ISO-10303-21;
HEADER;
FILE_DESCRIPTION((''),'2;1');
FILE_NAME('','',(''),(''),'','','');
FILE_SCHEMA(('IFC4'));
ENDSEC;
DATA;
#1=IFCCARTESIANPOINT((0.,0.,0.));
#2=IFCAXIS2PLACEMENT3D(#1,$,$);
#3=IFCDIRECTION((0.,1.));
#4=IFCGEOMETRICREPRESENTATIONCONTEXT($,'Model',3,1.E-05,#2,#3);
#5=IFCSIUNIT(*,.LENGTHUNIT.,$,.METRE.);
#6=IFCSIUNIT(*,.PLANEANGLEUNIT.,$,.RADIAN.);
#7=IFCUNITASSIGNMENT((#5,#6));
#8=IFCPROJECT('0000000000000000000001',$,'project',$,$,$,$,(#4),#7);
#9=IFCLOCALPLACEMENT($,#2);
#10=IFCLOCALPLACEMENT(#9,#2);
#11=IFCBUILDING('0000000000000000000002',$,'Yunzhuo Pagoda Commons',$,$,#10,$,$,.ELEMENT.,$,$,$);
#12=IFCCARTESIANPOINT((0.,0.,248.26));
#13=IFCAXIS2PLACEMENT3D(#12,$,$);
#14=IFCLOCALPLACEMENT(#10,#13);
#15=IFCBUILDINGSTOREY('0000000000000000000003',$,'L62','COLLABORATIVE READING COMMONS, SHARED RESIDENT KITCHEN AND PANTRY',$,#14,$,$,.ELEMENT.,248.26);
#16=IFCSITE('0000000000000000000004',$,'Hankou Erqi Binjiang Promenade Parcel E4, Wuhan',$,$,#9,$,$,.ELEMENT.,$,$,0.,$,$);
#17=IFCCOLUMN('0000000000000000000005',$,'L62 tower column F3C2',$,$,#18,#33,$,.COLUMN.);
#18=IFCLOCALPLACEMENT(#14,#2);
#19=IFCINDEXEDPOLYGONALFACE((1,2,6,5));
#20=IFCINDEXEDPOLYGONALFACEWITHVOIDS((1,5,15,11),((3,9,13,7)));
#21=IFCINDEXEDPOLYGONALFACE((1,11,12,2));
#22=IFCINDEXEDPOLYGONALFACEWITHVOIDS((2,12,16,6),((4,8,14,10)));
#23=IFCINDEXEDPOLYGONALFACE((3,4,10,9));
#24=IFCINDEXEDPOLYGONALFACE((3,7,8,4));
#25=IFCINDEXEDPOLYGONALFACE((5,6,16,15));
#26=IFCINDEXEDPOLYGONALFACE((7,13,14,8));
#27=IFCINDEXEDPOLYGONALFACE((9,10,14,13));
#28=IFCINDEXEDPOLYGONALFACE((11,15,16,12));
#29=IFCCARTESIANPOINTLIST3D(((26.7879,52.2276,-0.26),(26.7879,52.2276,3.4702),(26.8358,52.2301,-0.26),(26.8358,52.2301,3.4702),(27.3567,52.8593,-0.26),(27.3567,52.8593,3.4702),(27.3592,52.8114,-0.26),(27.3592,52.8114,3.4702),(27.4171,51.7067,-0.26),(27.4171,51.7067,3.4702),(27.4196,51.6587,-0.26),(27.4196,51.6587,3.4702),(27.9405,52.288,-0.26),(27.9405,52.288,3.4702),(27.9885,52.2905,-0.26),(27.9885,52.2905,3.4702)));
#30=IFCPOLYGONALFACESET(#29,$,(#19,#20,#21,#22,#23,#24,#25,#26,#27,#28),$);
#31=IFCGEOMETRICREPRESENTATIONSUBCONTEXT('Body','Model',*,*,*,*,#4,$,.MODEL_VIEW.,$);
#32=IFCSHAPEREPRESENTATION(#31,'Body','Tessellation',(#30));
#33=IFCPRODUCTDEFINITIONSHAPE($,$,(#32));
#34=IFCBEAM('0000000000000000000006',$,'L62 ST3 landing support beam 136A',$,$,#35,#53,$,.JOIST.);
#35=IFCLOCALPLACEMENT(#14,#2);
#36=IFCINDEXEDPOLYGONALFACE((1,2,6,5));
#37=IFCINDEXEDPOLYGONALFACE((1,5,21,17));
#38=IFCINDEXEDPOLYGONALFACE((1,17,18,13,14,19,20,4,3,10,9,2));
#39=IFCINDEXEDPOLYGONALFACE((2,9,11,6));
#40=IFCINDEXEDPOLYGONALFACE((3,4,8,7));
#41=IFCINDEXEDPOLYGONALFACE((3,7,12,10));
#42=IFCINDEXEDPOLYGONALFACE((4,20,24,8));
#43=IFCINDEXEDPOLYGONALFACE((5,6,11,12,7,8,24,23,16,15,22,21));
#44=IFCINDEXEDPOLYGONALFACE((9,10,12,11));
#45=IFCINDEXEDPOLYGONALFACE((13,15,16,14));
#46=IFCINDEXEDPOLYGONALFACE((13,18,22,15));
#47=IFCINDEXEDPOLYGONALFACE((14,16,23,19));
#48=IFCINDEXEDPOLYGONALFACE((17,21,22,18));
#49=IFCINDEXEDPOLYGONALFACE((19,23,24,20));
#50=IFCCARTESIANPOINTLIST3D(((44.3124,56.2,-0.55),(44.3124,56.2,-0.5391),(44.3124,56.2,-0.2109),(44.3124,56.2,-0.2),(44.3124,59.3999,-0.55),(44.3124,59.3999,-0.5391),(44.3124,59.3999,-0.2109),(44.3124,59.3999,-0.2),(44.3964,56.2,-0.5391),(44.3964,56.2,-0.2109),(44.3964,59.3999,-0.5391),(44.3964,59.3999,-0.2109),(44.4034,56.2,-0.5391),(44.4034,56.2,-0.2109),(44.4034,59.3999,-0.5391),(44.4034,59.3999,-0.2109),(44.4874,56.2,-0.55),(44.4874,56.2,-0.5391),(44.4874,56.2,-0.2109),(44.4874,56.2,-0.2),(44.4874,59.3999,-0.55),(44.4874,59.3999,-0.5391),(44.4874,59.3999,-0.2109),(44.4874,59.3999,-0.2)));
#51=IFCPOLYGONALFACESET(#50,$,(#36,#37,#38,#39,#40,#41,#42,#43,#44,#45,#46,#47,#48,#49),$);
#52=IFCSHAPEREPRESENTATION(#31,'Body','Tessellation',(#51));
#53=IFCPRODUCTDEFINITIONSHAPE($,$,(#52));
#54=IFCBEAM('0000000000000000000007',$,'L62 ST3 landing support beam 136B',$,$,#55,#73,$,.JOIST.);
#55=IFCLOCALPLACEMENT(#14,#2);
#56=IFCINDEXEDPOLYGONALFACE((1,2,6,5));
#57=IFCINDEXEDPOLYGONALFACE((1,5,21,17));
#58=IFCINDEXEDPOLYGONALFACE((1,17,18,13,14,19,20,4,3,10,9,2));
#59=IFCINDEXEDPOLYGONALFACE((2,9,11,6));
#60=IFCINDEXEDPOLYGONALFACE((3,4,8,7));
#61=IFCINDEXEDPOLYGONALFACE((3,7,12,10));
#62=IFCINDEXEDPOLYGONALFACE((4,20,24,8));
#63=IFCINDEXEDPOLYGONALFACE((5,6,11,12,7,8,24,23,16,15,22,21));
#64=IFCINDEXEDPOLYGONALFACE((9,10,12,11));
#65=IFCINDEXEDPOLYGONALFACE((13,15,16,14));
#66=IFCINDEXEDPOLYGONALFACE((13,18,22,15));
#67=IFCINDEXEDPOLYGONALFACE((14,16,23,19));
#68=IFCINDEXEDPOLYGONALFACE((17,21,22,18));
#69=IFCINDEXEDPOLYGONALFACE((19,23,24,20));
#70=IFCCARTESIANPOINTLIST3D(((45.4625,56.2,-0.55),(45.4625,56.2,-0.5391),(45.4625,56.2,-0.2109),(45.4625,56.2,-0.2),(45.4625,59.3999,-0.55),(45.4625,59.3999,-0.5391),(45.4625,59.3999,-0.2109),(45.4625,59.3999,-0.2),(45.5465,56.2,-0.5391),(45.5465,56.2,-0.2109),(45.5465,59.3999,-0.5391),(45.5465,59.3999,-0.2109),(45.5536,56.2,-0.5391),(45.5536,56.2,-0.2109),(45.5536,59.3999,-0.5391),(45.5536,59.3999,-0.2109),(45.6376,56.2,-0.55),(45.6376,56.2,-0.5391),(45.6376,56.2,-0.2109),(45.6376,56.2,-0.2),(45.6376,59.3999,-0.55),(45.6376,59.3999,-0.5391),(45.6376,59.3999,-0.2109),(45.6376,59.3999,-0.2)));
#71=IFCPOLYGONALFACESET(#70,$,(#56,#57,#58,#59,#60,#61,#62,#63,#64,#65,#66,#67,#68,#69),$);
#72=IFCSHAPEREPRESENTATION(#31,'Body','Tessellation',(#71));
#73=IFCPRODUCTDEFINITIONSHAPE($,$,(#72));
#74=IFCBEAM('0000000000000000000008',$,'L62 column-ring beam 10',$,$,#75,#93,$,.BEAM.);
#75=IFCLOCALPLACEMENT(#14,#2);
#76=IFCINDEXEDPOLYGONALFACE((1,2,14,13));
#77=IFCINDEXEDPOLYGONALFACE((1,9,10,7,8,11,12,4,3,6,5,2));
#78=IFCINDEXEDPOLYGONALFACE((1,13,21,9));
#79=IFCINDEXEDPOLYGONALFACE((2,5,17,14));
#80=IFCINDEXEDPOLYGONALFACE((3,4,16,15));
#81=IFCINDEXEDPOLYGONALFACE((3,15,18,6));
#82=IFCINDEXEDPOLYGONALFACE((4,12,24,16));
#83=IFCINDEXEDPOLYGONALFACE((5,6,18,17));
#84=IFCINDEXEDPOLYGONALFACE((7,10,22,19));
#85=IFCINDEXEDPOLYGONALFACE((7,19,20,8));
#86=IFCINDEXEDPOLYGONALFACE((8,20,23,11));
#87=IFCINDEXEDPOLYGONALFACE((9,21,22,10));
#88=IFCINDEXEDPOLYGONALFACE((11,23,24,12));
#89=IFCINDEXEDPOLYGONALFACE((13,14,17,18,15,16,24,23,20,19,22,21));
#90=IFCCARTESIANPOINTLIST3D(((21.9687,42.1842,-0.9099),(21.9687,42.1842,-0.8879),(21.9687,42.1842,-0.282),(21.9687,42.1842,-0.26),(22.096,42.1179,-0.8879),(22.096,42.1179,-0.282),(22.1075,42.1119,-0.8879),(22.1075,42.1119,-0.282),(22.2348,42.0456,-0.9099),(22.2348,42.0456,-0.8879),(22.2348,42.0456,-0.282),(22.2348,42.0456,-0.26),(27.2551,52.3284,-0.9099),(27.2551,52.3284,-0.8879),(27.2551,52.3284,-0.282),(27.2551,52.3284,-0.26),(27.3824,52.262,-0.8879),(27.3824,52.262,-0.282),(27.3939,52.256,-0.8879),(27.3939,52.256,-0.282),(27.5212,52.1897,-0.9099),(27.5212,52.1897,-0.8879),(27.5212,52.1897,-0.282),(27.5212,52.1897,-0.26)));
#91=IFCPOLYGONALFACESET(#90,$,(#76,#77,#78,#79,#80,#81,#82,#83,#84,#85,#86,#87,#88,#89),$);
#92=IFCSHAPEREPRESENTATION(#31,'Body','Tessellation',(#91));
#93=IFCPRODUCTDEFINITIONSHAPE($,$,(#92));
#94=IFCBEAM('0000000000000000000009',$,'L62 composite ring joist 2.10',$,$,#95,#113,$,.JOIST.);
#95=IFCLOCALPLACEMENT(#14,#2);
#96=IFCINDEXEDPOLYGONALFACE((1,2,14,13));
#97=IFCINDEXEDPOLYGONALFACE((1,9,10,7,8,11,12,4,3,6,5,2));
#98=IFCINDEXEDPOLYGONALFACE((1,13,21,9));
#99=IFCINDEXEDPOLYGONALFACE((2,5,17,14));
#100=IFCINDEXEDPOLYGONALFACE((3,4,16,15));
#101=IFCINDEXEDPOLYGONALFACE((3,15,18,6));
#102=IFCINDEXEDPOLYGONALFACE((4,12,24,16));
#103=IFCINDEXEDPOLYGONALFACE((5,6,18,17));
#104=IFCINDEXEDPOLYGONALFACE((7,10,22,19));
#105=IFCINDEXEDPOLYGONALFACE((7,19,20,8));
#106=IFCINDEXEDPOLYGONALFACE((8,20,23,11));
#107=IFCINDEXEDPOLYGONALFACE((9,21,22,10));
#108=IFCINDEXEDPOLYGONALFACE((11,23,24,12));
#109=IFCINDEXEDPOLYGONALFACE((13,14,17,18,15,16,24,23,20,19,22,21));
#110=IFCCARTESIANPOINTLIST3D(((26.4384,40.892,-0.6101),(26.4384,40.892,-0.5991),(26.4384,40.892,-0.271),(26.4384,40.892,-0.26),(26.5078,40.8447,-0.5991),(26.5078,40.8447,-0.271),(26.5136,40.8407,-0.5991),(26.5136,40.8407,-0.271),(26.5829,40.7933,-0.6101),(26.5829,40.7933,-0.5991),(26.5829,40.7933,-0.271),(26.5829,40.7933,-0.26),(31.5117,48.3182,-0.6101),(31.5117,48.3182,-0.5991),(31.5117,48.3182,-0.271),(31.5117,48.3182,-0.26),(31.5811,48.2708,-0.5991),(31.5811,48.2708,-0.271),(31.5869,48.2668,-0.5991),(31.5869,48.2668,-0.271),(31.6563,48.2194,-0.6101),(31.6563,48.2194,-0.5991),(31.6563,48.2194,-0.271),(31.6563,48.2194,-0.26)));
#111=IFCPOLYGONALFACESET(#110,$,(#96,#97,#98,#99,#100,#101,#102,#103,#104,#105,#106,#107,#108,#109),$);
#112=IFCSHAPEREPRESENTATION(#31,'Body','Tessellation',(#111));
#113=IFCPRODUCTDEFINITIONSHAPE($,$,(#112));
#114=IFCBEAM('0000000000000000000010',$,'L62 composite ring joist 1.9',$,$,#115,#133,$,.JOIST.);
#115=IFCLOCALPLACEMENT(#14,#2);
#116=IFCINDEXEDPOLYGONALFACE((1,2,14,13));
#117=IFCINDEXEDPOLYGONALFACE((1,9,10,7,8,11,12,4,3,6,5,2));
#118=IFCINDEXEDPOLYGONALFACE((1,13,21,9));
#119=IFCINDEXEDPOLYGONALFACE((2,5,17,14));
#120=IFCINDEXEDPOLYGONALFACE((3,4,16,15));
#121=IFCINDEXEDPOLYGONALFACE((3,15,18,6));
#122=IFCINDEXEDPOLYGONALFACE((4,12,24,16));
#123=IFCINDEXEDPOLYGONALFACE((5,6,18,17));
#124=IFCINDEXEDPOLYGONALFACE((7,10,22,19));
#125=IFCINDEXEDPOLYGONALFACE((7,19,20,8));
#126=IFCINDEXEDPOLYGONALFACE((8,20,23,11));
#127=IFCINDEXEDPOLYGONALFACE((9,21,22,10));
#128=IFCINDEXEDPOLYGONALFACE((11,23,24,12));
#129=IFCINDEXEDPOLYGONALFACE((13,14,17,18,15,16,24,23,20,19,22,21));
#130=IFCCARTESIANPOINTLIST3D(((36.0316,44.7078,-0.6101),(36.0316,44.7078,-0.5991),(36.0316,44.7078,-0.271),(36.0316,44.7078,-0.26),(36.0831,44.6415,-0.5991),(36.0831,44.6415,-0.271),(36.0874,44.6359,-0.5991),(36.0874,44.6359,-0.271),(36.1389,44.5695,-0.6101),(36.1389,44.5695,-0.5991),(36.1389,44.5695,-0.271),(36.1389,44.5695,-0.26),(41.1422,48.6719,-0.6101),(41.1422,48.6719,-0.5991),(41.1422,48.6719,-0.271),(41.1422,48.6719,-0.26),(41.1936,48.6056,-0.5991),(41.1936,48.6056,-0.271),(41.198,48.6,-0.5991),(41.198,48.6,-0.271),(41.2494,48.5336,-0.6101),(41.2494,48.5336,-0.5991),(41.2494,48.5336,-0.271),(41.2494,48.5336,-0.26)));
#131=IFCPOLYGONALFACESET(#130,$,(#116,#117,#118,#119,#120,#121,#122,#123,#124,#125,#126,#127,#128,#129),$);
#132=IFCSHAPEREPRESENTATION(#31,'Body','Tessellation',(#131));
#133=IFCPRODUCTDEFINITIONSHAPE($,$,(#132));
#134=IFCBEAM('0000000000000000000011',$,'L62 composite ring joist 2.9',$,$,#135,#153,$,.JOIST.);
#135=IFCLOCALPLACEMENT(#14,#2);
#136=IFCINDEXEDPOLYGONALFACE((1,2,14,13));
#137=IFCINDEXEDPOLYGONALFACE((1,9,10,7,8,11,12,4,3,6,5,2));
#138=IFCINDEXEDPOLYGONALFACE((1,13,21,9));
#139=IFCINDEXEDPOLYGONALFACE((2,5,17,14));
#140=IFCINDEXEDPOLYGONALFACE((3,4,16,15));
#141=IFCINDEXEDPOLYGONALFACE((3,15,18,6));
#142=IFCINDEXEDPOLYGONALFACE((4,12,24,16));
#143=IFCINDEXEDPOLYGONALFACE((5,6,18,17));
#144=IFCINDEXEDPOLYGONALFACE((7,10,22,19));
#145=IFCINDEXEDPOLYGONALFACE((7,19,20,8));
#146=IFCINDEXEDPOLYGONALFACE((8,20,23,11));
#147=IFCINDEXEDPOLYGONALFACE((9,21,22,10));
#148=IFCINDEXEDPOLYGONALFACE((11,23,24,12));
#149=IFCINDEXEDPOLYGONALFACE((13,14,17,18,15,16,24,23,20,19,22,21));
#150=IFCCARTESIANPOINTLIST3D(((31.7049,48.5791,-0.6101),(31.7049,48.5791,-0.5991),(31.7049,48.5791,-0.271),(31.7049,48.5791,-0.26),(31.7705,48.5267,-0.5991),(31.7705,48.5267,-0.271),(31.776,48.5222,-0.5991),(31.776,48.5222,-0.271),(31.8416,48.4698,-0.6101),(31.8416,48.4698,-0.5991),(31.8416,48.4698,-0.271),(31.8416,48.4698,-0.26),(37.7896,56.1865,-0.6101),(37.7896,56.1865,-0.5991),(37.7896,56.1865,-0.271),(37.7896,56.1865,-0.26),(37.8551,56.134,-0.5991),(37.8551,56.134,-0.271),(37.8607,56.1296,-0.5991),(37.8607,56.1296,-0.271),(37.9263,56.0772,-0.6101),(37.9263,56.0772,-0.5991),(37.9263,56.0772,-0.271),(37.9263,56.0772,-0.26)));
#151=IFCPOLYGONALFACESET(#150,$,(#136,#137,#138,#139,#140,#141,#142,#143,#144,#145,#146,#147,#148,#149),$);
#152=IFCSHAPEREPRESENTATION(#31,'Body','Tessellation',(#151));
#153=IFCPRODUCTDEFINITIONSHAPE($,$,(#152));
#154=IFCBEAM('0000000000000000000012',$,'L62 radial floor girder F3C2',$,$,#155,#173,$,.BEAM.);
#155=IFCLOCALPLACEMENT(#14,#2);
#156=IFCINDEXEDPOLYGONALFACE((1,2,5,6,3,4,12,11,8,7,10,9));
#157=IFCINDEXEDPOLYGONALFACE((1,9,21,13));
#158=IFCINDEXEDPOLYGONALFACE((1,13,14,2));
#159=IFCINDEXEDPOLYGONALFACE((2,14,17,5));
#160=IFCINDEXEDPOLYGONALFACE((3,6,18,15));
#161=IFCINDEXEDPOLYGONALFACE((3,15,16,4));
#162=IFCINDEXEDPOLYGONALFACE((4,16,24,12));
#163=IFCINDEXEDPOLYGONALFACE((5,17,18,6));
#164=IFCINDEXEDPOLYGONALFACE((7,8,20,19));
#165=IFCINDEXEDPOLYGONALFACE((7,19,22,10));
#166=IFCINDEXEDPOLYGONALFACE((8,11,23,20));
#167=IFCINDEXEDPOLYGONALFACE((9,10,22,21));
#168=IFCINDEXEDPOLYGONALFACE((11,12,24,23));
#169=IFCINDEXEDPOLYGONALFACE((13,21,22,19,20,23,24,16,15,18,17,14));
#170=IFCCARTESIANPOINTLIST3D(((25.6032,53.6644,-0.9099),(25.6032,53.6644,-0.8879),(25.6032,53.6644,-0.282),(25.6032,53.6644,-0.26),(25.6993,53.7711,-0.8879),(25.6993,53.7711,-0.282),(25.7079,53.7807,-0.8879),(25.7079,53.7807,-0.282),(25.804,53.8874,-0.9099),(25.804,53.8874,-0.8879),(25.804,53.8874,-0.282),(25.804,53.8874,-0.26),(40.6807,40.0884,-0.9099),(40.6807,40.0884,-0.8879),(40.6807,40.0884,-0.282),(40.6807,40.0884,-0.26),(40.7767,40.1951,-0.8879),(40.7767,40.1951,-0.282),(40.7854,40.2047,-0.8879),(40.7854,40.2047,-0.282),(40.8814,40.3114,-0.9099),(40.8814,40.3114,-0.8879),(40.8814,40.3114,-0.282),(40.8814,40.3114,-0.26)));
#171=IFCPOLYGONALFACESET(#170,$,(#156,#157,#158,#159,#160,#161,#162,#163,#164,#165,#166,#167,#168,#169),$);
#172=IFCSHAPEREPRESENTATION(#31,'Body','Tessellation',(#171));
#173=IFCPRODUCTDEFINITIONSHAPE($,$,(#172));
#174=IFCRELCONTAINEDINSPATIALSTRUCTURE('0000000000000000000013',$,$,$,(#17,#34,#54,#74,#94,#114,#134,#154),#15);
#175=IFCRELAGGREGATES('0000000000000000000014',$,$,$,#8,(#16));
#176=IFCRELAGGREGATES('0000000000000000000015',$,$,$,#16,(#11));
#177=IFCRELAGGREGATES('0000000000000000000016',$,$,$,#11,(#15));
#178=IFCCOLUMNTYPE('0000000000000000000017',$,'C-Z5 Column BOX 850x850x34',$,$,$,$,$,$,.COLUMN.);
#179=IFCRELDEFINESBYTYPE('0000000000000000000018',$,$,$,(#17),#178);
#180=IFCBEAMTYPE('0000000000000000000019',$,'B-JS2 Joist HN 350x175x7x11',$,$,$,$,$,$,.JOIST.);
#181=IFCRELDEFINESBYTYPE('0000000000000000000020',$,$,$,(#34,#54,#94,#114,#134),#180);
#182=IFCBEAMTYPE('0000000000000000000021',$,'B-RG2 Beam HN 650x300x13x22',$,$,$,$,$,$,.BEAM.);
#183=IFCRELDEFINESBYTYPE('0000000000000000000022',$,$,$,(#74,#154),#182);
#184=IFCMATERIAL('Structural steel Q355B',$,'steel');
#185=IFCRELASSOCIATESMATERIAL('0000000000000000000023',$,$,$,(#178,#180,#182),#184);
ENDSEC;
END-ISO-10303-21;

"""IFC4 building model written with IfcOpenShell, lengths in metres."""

from ifc_helpers import new_model, si_unit, direction, frame, origin, origin_2d, place, context, subcontext, project, spatial, hollow_rectangle, i_section, extrude, source, transform, mapped, material, material_profile, profile_set, type_object, element, save


model = new_model("IFC4")

# Units and contexts
model_context = context("Model", 3, precision=1e-05, world=origin(), true_north=direction((0.0, 1.0)))
body_context = subcontext(model_context, "Body", "Model", "MODEL_VIEW")
ifc_project = project(units=[si_unit("LENGTHUNIT", "METRE"), si_unit("PLANEANGLEUNIT", "RADIAN")], contexts=[model_context])

# Site, building, storey
site_placement = place(None, origin())
site = spatial("IfcSite", under=ifc_project, at=site_placement, Name="Hankou Erqi Binjiang Promenade Parcel E4, Wuhan", CompositionType="ELEMENT", RefElevation=0.0)
building_placement = place(site_placement, origin())
building = spatial("IfcBuilding", under=site, at=building_placement, Name="Yunzhuo Pagoda Commons", CompositionType="ELEMENT")
storey_placement = place(building_placement, frame((0.0, 0.0, 248.26)))
storey = spatial("IfcBuildingStorey", under=building, at=storey_placement, Name="L62", Description="COLLABORATIVE READING COMMONS, SHARED RESIDENT KITCHEN AND PANTRY", CompositionType="ELEMENT", Elevation=248.26)

# Column
ifc_material_1 = material(Name="Structural steel Q355B", Category="steel")
ifc_material_profile_1 = material_profile(ifc_material_1, hollow_rectangle(XDim=0.8501, YDim=0.8501, WallThickness=0.0339, at=origin_2d()), Name="Structural steel Q355B")
ifc_profile_set_1 = profile_set([ifc_material_profile_1], Name="Structural steel Q355B")
column_type = type_object("IfcColumnType", Name="C-Z5 Column BOX 850x850x34", PredefinedType="COLUMN", material=ifc_profile_set_1)
shared_shape_1 = source(origin(), body_context, "Body", "SweptSolid", [
    extrude(hollow_rectangle(XDim=0.8501, YDim=0.8501, WallThickness=0.0339, at=origin_2d()), origin(), (0.0, 0.0, 1.0), 3.7302),
])
column_placement = place(storey_placement, frame((27.3882, 52.259, -0.26), z_axis=(0.0, 0.0, 1.0), x_axis=(-0.669131, -0.743145, 0.0)))
element("IfcColumn", 1, at=column_placement, inside=storey, type_object=column_type, Name="L62 tower column F3C2", PredefinedType="COLUMN", context=body_context, shape_type="MappedRepresentation", body=[
    mapped(shared_shape_1, transform((0.0, 0.0, 0.0), scale=1.0)),
])

# Beams
ifc_material_profile_2 = material_profile(ifc_material_1, i_section(OverallWidth=0.175, OverallDepth=0.3501, WebThickness=0.0071, FlangeThickness=0.011, at=origin_2d()), Name="Structural steel Q355B")
ifc_profile_set_2 = profile_set([ifc_material_profile_2], Name="Structural steel Q355B")
beam_type_1 = type_object("IfcBeamType", Name="B-JS2 Joist HN 350x175x7x11", PredefinedType="JOIST", material=ifc_profile_set_2)
shared_shape_2 = source(origin(), body_context, "Body", "SweptSolid", [
    extrude(i_section(OverallWidth=0.175, OverallDepth=0.3501, WebThickness=0.0071, FlangeThickness=0.011, at=origin_2d()), origin(), (0.0, 0.0, 1.0), 3.2),
])
for number, where, z_axis, x_axis, name in (
    (2, (44.3999, 56.2, -0.375), (0.0, 1.0, 0.0), (-1.0, 0.0, 0.0), "L62 ST3 landing support beam 136A"),
    (3, (45.55, 56.2, -0.375), (0.0, 1.0, 0.0), (-1.0, 0.0, 0.0), "L62 ST3 landing support beam 136B"),
):
    element("IfcBeam", number, at=place(storey_placement, frame(where, z_axis=z_axis, x_axis=x_axis)), inside=storey, type_object=beam_type_1, Name=name, PredefinedType="JOIST", context=body_context, shape_type="MappedRepresentation", body=[
        mapped(shared_shape_2, transform((0.0, 0.0, 0.0), scale=1.0)),
    ])
ifc_material_profile_3 = material_profile(ifc_material_1, i_section(OverallWidth=0.3, OverallDepth=0.6499, WebThickness=0.0129, FlangeThickness=0.022, at=origin_2d()), Name="Structural steel Q355B")
ifc_profile_set_3 = profile_set([ifc_material_profile_3], Name="Structural steel Q355B")
beam_type_2 = type_object("IfcBeamType", Name="B-RG2 Beam HN 650x300x13x22", PredefinedType="BEAM", material=ifc_profile_set_3)
shared_shape_3 = source(origin(), body_context, "Body", "SweptSolid", [
    extrude(i_section(OverallWidth=0.3, OverallDepth=0.6499, WebThickness=0.0129, FlangeThickness=0.022, at=origin_2d()), origin(), (0.0, 0.0, 1.0), 11.439),
])
beam_1_placement = place(storey_placement, frame((27.3882, 52.259, -0.585), z_axis=(-0.462142, -0.886806, 0.0), x_axis=(0.886806, -0.462142, 0.0)))
element("IfcBeam", 4, at=beam_1_placement, inside=storey, type_object=beam_type_2, Name="L62 column-ring beam 10", PredefinedType="BEAM", context=body_context, shape_type="MappedRepresentation", body=[
    mapped(shared_shape_3, transform((0.0, 0.0, 0.0), scale=1.0)),
])
shared_shape_4 = source(origin(), body_context, "Body", "SweptSolid", [
    extrude(i_section(OverallWidth=0.175, OverallDepth=0.3501, WebThickness=0.0071, FlangeThickness=0.011, at=origin_2d()), origin(), (0.0, 0.0, 1.0), 8.9937),
])
beam_2_placement = place(storey_placement, frame((31.584, 48.2688, -0.4351), z_axis=(-0.564099, -0.825707, 0.0), x_axis=(0.825707, -0.564099, 0.0)))
element("IfcBeam", 5, at=beam_2_placement, inside=storey, type_object=beam_type_1, Name="L62 composite ring joist 2.10", PredefinedType="JOIST", context=body_context, shape_type="MappedRepresentation", body=[
    mapped(shared_shape_4, transform((0.0, 0.0, 0.0), scale=1.0)),
])
shared_shape_5 = source(origin(), body_context, "Body", "SweptSolid", [
    extrude(i_section(OverallWidth=0.175, OverallDepth=0.3501, WebThickness=0.0071, FlangeThickness=0.011, at=origin_2d()), origin(), (0.0, 0.0, 1.0), 6.4678),
])
beam_3_placement = place(storey_placement, frame((41.1958, 48.6028, -0.4351), z_axis=(-0.79016, -0.6129, 0.0), x_axis=(0.6129, -0.79016, 0.0)))
element("IfcBeam", 6, at=beam_3_placement, inside=storey, type_object=beam_type_1, Name="L62 composite ring joist 1.9", PredefinedType="JOIST", context=body_context, shape_type="MappedRepresentation", body=[
    mapped(shared_shape_5, transform((0.0, 0.0, 0.0), scale=1.0)),
])
shared_shape_6 = source(origin(), body_context, "Body", "SweptSolid", [
    extrude(i_section(OverallWidth=0.175, OverallDepth=0.3501, WebThickness=0.0071, FlangeThickness=0.011, at=origin_2d()), origin(), (0.0, 0.0, 1.0), 9.7415),
])
beam_4_placement = place(storey_placement, frame((37.8579, 56.1318, -0.4351), z_axis=(-0.624619, -0.78093, 0.0), x_axis=(0.78093, -0.624619, 0.0)))
element("IfcBeam", 7, at=beam_4_placement, inside=storey, type_object=beam_type_1, Name="L62 composite ring joist 2.9", PredefinedType="JOIST", context=body_context, shape_type="MappedRepresentation", body=[
    mapped(shared_shape_6, transform((0.0, 0.0, 0.0), scale=1.0)),
])
shared_shape_7 = source(origin(), body_context, "Body", "SweptSolid", [
    extrude(i_section(OverallWidth=0.3, OverallDepth=0.6499, WebThickness=0.0129, FlangeThickness=0.022, at=origin_2d()), origin(), (0.0, 0.0, 1.0), 20.2888),
])
beam_5_placement = place(storey_placement, frame((25.7036, 53.7759, -0.585), z_axis=(0.74314, -0.669136, 0.0), x_axis=(0.669136, 0.74314, 0.0)))
element("IfcBeam", 8, at=beam_5_placement, inside=storey, type_object=beam_type_2, Name="L62 radial floor girder F3C2", PredefinedType="BEAM", context=body_context, shape_type="MappedRepresentation", body=[
    mapped(shared_shape_7, transform((0.0, 0.0, 0.0), scale=1.0)),
])

save(model, "model.ifc")
